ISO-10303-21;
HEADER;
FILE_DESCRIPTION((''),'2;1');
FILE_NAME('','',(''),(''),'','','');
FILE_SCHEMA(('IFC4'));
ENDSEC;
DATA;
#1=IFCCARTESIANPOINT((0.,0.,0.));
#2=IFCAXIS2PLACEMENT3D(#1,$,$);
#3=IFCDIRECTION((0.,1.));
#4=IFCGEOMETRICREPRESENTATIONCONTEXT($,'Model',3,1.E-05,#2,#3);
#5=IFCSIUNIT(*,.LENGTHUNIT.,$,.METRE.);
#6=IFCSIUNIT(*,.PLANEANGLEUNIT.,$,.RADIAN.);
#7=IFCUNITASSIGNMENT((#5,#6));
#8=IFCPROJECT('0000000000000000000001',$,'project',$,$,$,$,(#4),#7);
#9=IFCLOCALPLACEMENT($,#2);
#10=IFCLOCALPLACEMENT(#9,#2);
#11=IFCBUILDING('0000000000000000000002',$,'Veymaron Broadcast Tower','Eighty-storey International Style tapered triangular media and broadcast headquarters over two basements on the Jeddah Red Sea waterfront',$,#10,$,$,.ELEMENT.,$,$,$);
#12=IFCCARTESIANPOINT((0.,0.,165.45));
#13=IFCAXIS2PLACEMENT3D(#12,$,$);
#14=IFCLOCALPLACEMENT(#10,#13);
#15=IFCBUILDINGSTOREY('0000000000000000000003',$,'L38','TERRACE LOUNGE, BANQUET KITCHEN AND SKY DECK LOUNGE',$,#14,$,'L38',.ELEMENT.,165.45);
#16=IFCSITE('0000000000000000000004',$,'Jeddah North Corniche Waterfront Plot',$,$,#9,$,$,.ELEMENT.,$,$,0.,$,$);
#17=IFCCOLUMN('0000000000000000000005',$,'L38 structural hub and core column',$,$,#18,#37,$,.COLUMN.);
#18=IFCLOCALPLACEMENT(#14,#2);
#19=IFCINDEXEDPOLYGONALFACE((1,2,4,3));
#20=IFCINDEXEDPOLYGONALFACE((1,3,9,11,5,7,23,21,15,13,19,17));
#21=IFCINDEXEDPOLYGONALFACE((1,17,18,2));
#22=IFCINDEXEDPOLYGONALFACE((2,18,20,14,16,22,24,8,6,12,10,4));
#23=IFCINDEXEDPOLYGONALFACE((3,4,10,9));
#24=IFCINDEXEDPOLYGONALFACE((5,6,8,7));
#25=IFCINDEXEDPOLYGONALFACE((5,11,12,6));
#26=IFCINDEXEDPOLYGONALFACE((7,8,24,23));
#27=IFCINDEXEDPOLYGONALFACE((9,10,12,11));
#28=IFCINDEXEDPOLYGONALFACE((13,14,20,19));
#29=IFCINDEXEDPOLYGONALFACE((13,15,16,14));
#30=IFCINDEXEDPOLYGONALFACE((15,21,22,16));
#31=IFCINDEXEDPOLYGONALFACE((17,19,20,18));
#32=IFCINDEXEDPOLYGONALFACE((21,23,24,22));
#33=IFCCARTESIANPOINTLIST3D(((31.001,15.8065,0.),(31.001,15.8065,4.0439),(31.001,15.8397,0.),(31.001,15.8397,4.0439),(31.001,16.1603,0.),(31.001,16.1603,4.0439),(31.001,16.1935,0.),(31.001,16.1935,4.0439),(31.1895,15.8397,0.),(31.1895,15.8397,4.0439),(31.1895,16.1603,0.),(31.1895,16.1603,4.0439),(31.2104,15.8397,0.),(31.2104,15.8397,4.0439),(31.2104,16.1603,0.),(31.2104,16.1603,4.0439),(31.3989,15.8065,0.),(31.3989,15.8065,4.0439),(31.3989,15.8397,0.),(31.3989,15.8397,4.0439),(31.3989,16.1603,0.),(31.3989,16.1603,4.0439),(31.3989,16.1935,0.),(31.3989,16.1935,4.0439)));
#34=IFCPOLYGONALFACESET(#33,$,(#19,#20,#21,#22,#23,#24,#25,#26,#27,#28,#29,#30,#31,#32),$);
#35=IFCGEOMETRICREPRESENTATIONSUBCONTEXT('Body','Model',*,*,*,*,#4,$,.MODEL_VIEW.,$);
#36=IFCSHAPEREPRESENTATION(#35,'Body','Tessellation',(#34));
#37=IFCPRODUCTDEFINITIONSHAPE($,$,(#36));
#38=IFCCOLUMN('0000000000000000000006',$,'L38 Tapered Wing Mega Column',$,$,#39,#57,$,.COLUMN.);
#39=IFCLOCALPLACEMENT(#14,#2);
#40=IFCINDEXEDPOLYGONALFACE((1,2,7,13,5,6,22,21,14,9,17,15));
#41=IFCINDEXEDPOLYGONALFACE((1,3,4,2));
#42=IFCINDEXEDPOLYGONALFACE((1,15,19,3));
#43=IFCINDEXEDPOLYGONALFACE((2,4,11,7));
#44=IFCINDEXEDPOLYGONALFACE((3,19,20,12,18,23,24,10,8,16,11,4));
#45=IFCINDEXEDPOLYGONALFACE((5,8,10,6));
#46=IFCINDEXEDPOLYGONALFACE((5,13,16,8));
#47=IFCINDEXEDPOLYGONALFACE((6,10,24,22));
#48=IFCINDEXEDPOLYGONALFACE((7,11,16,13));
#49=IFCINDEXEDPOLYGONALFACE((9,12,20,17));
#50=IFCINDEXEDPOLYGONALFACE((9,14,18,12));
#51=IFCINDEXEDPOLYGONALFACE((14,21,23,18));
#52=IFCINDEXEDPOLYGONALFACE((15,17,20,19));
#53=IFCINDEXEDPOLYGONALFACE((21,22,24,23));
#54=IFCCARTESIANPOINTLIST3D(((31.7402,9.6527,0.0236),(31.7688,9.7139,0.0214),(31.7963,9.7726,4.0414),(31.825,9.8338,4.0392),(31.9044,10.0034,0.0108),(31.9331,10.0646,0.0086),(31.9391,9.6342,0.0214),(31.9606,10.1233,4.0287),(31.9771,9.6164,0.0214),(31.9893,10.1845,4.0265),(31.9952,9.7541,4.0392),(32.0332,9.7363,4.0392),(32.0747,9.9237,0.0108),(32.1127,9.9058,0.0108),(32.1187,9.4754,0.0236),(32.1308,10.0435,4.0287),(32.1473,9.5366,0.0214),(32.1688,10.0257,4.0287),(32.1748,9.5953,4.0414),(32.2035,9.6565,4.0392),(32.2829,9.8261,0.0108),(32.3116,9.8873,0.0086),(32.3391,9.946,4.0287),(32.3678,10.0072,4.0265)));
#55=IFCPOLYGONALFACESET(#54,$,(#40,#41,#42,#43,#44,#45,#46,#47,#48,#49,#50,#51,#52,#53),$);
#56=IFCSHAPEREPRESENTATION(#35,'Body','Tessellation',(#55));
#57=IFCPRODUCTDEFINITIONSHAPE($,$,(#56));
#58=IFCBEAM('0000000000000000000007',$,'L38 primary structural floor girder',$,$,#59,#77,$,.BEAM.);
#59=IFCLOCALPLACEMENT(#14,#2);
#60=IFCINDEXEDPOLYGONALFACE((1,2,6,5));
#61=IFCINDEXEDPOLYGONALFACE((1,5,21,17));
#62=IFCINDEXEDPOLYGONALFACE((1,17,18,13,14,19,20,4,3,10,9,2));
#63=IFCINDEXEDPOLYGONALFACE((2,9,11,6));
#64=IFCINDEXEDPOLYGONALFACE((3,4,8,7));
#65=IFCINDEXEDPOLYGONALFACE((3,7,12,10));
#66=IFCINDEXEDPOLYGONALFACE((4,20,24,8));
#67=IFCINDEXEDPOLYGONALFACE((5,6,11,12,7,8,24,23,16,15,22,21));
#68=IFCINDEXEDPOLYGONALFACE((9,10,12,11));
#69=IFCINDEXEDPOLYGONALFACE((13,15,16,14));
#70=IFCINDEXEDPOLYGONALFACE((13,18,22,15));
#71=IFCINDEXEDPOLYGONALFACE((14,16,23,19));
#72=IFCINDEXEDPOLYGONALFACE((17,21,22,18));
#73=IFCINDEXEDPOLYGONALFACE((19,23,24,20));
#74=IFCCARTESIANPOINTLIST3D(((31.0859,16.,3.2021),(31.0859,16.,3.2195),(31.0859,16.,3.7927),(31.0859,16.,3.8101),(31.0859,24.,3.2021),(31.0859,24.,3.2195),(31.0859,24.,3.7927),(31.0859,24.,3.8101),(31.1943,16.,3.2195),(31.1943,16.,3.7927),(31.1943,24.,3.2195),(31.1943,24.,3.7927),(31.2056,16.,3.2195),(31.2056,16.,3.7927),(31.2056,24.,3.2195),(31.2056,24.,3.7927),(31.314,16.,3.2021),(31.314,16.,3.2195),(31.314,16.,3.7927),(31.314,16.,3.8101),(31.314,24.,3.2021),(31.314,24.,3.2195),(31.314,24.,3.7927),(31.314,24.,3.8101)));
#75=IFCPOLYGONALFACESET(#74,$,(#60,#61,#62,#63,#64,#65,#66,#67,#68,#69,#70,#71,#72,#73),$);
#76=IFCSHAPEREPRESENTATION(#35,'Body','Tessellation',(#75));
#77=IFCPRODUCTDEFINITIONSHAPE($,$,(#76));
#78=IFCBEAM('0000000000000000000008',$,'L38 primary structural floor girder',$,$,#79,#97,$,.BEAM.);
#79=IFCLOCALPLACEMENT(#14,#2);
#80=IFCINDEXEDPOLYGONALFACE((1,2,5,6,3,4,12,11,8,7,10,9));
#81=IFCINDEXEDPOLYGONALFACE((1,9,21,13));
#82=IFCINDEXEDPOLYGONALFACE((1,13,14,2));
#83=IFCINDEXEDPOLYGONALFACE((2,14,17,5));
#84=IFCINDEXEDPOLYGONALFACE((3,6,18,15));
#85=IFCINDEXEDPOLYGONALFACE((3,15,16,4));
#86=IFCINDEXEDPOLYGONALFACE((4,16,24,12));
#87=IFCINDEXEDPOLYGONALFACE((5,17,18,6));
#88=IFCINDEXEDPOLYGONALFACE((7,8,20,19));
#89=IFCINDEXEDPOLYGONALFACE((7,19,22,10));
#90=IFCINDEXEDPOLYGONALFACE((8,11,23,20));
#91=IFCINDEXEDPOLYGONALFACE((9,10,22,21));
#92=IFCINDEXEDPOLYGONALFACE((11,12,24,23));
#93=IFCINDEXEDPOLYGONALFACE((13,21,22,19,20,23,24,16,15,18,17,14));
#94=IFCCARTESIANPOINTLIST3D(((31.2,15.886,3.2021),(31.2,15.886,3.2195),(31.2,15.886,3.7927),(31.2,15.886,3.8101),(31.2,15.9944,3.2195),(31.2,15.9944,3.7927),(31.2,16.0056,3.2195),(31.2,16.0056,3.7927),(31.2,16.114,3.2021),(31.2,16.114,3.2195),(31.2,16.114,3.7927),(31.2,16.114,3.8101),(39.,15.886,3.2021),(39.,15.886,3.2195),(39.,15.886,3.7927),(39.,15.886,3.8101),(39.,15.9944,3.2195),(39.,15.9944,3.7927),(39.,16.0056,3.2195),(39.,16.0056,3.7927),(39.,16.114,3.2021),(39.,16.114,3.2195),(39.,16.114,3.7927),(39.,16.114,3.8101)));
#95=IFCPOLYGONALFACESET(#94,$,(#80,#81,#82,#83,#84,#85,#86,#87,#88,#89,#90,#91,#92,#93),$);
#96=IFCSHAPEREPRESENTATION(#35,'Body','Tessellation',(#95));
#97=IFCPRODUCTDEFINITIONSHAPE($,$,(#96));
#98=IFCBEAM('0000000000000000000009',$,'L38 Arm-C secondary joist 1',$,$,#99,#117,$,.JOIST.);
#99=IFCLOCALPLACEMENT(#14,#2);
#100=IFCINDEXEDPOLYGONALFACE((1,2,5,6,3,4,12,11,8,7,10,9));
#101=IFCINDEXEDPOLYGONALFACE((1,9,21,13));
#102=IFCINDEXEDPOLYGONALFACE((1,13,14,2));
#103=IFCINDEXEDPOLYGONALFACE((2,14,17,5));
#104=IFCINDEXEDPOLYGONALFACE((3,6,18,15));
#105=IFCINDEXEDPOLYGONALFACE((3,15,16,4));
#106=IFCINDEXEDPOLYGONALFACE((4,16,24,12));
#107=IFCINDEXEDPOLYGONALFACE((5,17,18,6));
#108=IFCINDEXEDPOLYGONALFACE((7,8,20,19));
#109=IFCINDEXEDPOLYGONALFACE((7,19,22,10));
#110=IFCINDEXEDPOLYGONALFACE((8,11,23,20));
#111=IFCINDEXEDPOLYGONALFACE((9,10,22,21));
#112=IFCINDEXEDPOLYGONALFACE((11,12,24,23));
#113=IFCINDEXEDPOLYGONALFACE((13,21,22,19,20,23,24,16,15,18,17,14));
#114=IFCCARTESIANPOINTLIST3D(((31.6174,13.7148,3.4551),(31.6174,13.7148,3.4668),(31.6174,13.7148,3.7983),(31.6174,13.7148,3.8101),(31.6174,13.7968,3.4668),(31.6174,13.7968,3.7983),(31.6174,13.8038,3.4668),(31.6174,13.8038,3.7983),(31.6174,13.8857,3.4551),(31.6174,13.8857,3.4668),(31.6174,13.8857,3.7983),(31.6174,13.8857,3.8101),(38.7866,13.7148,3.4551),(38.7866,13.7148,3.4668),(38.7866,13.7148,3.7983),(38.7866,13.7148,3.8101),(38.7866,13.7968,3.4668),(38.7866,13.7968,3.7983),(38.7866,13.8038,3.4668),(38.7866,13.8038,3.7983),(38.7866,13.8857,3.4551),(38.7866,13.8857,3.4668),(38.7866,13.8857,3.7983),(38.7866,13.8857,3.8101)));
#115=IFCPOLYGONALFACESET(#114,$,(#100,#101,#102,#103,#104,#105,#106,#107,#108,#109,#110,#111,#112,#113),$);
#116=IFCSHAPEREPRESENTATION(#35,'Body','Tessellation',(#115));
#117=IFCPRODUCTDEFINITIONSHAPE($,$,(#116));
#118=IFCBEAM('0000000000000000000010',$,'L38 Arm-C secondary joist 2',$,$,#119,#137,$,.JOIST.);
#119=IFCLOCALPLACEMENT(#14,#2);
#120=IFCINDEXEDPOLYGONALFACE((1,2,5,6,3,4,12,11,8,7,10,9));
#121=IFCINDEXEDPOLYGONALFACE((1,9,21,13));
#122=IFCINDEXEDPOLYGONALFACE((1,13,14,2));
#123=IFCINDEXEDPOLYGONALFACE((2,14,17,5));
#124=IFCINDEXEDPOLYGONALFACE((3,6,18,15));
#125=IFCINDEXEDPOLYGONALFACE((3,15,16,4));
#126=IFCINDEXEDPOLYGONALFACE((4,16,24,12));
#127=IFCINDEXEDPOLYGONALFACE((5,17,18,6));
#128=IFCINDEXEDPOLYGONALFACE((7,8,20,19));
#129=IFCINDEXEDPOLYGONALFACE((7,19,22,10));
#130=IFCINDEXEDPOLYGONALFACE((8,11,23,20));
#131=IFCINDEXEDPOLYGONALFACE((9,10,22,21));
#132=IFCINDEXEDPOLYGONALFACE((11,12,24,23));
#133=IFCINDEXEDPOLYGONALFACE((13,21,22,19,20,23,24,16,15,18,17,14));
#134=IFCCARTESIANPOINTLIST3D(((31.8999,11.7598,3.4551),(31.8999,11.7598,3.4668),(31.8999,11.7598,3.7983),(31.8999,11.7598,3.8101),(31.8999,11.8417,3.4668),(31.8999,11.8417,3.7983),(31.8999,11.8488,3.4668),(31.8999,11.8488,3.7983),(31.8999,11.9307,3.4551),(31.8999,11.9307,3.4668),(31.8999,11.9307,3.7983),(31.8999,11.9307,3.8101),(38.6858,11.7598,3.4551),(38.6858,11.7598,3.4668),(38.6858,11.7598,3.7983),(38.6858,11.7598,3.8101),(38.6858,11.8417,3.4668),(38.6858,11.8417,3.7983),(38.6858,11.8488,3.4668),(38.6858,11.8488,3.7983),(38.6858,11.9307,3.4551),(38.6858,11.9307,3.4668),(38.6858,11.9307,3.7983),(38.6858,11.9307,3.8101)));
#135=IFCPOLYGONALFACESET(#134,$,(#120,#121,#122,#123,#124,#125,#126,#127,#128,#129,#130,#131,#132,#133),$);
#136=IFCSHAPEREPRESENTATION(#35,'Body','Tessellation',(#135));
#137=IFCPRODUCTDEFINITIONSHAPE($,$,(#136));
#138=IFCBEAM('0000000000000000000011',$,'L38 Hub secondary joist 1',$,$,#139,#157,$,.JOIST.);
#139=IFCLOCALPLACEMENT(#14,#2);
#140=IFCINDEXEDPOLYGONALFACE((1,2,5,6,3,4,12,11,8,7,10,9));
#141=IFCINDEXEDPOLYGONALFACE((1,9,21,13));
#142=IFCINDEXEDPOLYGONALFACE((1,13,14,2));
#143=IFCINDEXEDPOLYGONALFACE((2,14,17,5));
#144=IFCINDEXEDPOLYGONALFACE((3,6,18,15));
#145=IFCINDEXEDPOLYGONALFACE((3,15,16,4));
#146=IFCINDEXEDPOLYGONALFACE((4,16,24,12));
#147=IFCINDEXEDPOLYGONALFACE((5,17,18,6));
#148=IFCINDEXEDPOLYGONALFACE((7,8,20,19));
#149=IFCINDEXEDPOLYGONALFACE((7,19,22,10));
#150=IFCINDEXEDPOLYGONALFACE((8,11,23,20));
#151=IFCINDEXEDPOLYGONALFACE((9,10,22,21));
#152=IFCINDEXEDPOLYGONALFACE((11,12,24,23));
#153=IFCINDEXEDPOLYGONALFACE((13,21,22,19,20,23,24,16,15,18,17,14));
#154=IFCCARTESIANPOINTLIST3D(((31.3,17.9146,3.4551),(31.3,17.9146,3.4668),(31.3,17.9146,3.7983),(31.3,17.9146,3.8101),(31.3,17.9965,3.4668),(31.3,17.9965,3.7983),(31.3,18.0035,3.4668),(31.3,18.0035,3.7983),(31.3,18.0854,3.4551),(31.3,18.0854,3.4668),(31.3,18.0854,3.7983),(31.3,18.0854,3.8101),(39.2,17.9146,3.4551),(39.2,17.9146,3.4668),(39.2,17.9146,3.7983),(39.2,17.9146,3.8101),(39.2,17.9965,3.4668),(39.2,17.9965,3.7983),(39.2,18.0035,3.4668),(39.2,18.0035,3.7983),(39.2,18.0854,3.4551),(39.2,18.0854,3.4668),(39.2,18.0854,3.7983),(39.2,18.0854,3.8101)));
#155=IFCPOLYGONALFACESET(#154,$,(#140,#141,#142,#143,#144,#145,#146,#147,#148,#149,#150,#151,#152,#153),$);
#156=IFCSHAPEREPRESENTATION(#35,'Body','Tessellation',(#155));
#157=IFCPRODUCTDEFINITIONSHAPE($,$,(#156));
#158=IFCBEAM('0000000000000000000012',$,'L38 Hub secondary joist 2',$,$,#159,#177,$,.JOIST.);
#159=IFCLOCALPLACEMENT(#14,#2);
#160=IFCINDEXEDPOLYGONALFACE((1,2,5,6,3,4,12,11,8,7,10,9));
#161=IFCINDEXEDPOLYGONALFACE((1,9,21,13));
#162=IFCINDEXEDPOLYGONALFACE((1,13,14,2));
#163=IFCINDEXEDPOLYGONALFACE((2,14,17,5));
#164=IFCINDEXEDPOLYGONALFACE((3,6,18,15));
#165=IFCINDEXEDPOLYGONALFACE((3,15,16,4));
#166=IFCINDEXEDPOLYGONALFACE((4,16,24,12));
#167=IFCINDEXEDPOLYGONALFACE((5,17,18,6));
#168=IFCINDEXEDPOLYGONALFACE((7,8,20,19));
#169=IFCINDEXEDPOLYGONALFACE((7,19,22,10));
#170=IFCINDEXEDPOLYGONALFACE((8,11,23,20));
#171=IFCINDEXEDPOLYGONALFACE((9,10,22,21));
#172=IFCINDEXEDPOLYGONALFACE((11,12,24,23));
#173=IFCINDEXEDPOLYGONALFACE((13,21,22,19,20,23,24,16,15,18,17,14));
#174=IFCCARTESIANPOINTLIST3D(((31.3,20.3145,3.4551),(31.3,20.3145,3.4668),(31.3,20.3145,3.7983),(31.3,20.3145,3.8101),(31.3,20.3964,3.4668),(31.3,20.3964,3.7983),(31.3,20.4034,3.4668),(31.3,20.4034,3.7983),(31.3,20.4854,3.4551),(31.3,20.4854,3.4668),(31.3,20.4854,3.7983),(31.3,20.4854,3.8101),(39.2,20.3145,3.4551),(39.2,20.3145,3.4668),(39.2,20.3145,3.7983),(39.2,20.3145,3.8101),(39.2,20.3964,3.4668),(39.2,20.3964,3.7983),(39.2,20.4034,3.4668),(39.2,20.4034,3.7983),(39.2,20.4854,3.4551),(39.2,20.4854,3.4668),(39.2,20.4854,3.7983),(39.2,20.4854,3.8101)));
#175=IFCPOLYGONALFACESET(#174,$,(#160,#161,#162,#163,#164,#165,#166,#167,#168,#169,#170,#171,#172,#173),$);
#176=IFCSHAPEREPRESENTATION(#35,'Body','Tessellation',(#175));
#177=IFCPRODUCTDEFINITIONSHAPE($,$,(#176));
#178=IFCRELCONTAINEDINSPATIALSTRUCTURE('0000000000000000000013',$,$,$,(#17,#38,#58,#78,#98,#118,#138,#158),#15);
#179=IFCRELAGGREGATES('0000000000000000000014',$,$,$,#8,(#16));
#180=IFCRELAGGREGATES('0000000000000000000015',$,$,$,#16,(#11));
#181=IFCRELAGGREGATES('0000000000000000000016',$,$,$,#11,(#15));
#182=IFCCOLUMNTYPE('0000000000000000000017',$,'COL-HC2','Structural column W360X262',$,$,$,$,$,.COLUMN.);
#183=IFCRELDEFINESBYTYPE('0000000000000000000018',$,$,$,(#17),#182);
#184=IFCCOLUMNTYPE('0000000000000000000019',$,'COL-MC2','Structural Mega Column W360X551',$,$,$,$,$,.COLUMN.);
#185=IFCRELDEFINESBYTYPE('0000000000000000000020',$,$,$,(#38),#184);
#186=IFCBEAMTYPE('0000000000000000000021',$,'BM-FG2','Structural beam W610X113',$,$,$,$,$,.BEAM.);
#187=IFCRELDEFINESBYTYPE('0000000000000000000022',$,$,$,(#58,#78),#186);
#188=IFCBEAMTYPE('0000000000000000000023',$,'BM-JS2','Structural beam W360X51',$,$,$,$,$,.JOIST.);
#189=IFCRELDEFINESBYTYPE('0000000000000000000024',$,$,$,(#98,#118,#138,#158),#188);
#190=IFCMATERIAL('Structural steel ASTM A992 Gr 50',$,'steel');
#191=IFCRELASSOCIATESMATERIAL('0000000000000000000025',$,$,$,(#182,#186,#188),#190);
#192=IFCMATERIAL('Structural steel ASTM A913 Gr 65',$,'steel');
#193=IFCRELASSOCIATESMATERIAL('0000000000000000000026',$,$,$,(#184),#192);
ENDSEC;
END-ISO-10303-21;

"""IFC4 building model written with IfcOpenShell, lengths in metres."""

from ifc_helpers import new_model, si_unit, direction, frame, origin, origin_2d, place, context, subcontext, project, spatial, i_section, extrude, material, material_profile, profile_set, type_object, element, save


model = new_model("IFC4")

# Units and contexts
model_context = context("Model", 3, precision=1e-05, world=origin(), true_north=direction((0.0, 1.0)))
body_context = subcontext(model_context, "Body", "Model", "MODEL_VIEW")
ifc_project = project(units=[si_unit("LENGTHUNIT", "METRE"), si_unit("PLANEANGLEUNIT", "RADIAN")], contexts=[model_context])

# Site, building, storey
site_placement = place(None, origin())
site = spatial("IfcSite", under=ifc_project, at=site_placement, Name="Jeddah North Corniche Waterfront Plot", CompositionType="ELEMENT", RefElevation=0.0)
building_placement = place(site_placement, origin())
building = spatial("IfcBuilding", under=site, at=building_placement, Name="Veymaron Broadcast Tower", Description="Eighty-storey International Style tapered triangular media and broadcast headquarters over two basements on the Jeddah Red Sea waterfront", CompositionType="ELEMENT")
storey_placement = place(building_placement, frame((0.0, 0.0, 165.45)))
storey = spatial("IfcBuildingStorey", under=building, at=storey_placement, Name="L38", Description="TERRACE LOUNGE, BANQUET KITCHEN AND SKY DECK LOUNGE", LongName="L38", CompositionType="ELEMENT", Elevation=165.45)

# Columns
ifc_material_1 = material(Name="Structural steel ASTM A992 Gr 50", Category="steel")
ifc_material_profile_1 = material_profile(ifc_material_1, i_section(OverallWidth=0.3979, OverallDepth=0.387, WebThickness=0.021, FlangeThickness=0.0332, at=origin_2d()), Name="W360X262")
ifc_profile_set_1 = profile_set([ifc_material_profile_1], Name="Structural steel ASTM A992 Gr 50")
column_type_1 = type_object("IfcColumnType", Name="COL-HC2", Description="Structural column W360X262", PredefinedType="COLUMN", material=ifc_profile_set_1)
column_1_placement = place(storey_placement, frame((31.2, 16.0, 0.0), z_axis=(0.0, 0.0, 1.0), x_axis=(1.0, 0.0, 0.0)))
element("IfcColumn", 1, at=column_1_placement, inside=storey, type_object=column_type_1, Name="L38 structural hub and core column", PredefinedType="COLUMN", context=body_context, shape_type="SweptSolid", body=[
    extrude(i_section(OverallWidth=0.3979, OverallDepth=0.387, WebThickness=0.021, FlangeThickness=0.0332, at=origin_2d()), origin(), (0.0, 0.0, 1.0), 4.0439),
])
ifc_material_2 = material(Name="Structural steel ASTM A913 Gr 65", Category="steel")
ifc_material_profile_2 = material_profile(ifc_material_2, i_section(OverallWidth=0.418, OverallDepth=0.4551, WebThickness=0.042, FlangeThickness=0.0676, at=origin_2d()), Name="W360X551")
ifc_profile_set_2 = profile_set([ifc_material_profile_2], Name="Structural steel ASTM A913 Gr 65")
column_type_2 = type_object("IfcColumnType", Name="COL-MC2", Description="Structural Mega Column W360X551", PredefinedType="COLUMN", material=ifc_profile_set_2)
column_2_placement = place(storey_placement, frame((32.0259, 9.77, 0.0161), z_axis=(0.013968, 0.029819, 0.999458), x_axis=(-0.90557, 0.424198, 0.0)))
element("IfcColumn", 2, at=column_2_placement, inside=storey, type_object=column_type_2, Name="L38 Tapered Wing Mega Column", PredefinedType="COLUMN", context=body_context, shape_type="SweptSolid", body=[
    extrude(i_section(OverallWidth=0.418, OverallDepth=0.4551, WebThickness=0.042, FlangeThickness=0.0676, at=origin_2d()), origin(), (0.0, 0.0, 1.0), 4.02),
])

# Beams
ifc_material_profile_3 = material_profile(ifc_material_1, i_section(OverallWidth=0.228, OverallDepth=0.6079, WebThickness=0.0112, FlangeThickness=0.0173, at=origin_2d()), Name="W610X113")
ifc_profile_set_3 = profile_set([ifc_material_profile_3], Name="Structural steel ASTM A992 Gr 50")
beam_type_1 = type_object("IfcBeamType", Name="BM-FG2", Description="Structural beam W610X113", PredefinedType="BEAM", material=ifc_profile_set_3)
beam_1_placement = place(storey_placement, frame((31.2, 16.0, 3.5061), z_axis=(0.0, 1.0, 0.0), x_axis=(-1.0, 0.0, 0.0)))
element("IfcBeam", 3, at=beam_1_placement, inside=storey, type_object=beam_type_1, Name="L38 primary structural floor girder", PredefinedType="BEAM", context=body_context, shape_type="SweptSolid", body=[
    extrude(i_section(OverallWidth=0.228, OverallDepth=0.6079, WebThickness=0.0112, FlangeThickness=0.0173, at=origin_2d()), origin(), (0.0, 0.0, 1.0), 8.0),
])
beam_2_placement = place(storey_placement, frame((31.2, 16.0, 3.5061), z_axis=(1.0, 0.0, 0.0), x_axis=(0.0, 1.0, 0.0)))
element("IfcBeam", 4, at=beam_2_placement, inside=storey, type_object=beam_type_1, Name="L38 primary structural floor girder", PredefinedType="BEAM", context=body_context, shape_type="SweptSolid", body=[
    extrude(i_section(OverallWidth=0.228, OverallDepth=0.6079, WebThickness=0.0112, FlangeThickness=0.0173, at=origin_2d()), origin(), (0.0, 0.0, 1.0), 7.8),
])
ifc_material_profile_4 = material_profile(ifc_material_1, i_section(OverallWidth=0.1709, OverallDepth=0.355, WebThickness=0.0071, FlangeThickness=0.0117, at=origin_2d()), Name="W360X51")
ifc_profile_set_4 = profile_set([ifc_material_profile_4], Name="Structural steel ASTM A992 Gr 50")
beam_type_2 = type_object("IfcBeamType", Name="BM-JS2", Description="Structural beam W360X51", PredefinedType="JOIST", material=ifc_profile_set_4)
beam_3_placement = place(storey_placement, frame((31.6174, 13.8003, 3.6326), z_axis=(1.0, 0.0, 0.0), x_axis=(0.0, 1.0, 0.0)))
element("IfcBeam", 5, at=beam_3_placement, inside=storey, type_object=beam_type_2, Name="L38 Arm-C secondary joist 1", PredefinedType="JOIST", context=body_context, shape_type="SweptSolid", body=[
    extrude(i_section(OverallWidth=0.1709, OverallDepth=0.355, WebThickness=0.0071, FlangeThickness=0.0117, at=origin_2d()), origin(), (0.0, 0.0, 1.0), 7.1692),
])
beam_4_placement = place(storey_placement, frame((31.8999, 11.8452, 3.6326), z_axis=(1.0, 0.0, 0.0), x_axis=(0.0, 1.0, 0.0)))
element("IfcBeam", 6, at=beam_4_placement, inside=storey, type_object=beam_type_2, Name="L38 Arm-C secondary joist 2", PredefinedType="JOIST", context=body_context, shape_type="SweptSolid", body=[
    extrude(i_section(OverallWidth=0.1709, OverallDepth=0.355, WebThickness=0.0071, FlangeThickness=0.0117, at=origin_2d()), origin(), (0.0, 0.0, 1.0), 6.7859),
])
for number, where, z_axis, x_axis, name in (
    (7, (31.3, 18.0, 3.6326), (1.0, 0.0, 0.0), (0.0, 1.0, 0.0), "L38 Hub secondary joist 1"),
    (8, (31.3, 20.3999, 3.6326), (1.0, 0.0, 0.0), (0.0, 1.0, 0.0), "L38 Hub secondary joist 2"),
):
    element("IfcBeam", number, at=place(storey_placement, frame(where, z_axis=z_axis, x_axis=x_axis)), inside=storey, type_object=beam_type_2, Name=name, PredefinedType="JOIST", context=body_context, shape_type="SweptSolid", body=[
        extrude(i_section(OverallWidth=0.1709, OverallDepth=0.355, WebThickness=0.0071, FlangeThickness=0.0117, at=origin_2d()), origin(), (0.0, 0.0, 1.0), 7.8999),
    ])

save(model, "model.ifc")
